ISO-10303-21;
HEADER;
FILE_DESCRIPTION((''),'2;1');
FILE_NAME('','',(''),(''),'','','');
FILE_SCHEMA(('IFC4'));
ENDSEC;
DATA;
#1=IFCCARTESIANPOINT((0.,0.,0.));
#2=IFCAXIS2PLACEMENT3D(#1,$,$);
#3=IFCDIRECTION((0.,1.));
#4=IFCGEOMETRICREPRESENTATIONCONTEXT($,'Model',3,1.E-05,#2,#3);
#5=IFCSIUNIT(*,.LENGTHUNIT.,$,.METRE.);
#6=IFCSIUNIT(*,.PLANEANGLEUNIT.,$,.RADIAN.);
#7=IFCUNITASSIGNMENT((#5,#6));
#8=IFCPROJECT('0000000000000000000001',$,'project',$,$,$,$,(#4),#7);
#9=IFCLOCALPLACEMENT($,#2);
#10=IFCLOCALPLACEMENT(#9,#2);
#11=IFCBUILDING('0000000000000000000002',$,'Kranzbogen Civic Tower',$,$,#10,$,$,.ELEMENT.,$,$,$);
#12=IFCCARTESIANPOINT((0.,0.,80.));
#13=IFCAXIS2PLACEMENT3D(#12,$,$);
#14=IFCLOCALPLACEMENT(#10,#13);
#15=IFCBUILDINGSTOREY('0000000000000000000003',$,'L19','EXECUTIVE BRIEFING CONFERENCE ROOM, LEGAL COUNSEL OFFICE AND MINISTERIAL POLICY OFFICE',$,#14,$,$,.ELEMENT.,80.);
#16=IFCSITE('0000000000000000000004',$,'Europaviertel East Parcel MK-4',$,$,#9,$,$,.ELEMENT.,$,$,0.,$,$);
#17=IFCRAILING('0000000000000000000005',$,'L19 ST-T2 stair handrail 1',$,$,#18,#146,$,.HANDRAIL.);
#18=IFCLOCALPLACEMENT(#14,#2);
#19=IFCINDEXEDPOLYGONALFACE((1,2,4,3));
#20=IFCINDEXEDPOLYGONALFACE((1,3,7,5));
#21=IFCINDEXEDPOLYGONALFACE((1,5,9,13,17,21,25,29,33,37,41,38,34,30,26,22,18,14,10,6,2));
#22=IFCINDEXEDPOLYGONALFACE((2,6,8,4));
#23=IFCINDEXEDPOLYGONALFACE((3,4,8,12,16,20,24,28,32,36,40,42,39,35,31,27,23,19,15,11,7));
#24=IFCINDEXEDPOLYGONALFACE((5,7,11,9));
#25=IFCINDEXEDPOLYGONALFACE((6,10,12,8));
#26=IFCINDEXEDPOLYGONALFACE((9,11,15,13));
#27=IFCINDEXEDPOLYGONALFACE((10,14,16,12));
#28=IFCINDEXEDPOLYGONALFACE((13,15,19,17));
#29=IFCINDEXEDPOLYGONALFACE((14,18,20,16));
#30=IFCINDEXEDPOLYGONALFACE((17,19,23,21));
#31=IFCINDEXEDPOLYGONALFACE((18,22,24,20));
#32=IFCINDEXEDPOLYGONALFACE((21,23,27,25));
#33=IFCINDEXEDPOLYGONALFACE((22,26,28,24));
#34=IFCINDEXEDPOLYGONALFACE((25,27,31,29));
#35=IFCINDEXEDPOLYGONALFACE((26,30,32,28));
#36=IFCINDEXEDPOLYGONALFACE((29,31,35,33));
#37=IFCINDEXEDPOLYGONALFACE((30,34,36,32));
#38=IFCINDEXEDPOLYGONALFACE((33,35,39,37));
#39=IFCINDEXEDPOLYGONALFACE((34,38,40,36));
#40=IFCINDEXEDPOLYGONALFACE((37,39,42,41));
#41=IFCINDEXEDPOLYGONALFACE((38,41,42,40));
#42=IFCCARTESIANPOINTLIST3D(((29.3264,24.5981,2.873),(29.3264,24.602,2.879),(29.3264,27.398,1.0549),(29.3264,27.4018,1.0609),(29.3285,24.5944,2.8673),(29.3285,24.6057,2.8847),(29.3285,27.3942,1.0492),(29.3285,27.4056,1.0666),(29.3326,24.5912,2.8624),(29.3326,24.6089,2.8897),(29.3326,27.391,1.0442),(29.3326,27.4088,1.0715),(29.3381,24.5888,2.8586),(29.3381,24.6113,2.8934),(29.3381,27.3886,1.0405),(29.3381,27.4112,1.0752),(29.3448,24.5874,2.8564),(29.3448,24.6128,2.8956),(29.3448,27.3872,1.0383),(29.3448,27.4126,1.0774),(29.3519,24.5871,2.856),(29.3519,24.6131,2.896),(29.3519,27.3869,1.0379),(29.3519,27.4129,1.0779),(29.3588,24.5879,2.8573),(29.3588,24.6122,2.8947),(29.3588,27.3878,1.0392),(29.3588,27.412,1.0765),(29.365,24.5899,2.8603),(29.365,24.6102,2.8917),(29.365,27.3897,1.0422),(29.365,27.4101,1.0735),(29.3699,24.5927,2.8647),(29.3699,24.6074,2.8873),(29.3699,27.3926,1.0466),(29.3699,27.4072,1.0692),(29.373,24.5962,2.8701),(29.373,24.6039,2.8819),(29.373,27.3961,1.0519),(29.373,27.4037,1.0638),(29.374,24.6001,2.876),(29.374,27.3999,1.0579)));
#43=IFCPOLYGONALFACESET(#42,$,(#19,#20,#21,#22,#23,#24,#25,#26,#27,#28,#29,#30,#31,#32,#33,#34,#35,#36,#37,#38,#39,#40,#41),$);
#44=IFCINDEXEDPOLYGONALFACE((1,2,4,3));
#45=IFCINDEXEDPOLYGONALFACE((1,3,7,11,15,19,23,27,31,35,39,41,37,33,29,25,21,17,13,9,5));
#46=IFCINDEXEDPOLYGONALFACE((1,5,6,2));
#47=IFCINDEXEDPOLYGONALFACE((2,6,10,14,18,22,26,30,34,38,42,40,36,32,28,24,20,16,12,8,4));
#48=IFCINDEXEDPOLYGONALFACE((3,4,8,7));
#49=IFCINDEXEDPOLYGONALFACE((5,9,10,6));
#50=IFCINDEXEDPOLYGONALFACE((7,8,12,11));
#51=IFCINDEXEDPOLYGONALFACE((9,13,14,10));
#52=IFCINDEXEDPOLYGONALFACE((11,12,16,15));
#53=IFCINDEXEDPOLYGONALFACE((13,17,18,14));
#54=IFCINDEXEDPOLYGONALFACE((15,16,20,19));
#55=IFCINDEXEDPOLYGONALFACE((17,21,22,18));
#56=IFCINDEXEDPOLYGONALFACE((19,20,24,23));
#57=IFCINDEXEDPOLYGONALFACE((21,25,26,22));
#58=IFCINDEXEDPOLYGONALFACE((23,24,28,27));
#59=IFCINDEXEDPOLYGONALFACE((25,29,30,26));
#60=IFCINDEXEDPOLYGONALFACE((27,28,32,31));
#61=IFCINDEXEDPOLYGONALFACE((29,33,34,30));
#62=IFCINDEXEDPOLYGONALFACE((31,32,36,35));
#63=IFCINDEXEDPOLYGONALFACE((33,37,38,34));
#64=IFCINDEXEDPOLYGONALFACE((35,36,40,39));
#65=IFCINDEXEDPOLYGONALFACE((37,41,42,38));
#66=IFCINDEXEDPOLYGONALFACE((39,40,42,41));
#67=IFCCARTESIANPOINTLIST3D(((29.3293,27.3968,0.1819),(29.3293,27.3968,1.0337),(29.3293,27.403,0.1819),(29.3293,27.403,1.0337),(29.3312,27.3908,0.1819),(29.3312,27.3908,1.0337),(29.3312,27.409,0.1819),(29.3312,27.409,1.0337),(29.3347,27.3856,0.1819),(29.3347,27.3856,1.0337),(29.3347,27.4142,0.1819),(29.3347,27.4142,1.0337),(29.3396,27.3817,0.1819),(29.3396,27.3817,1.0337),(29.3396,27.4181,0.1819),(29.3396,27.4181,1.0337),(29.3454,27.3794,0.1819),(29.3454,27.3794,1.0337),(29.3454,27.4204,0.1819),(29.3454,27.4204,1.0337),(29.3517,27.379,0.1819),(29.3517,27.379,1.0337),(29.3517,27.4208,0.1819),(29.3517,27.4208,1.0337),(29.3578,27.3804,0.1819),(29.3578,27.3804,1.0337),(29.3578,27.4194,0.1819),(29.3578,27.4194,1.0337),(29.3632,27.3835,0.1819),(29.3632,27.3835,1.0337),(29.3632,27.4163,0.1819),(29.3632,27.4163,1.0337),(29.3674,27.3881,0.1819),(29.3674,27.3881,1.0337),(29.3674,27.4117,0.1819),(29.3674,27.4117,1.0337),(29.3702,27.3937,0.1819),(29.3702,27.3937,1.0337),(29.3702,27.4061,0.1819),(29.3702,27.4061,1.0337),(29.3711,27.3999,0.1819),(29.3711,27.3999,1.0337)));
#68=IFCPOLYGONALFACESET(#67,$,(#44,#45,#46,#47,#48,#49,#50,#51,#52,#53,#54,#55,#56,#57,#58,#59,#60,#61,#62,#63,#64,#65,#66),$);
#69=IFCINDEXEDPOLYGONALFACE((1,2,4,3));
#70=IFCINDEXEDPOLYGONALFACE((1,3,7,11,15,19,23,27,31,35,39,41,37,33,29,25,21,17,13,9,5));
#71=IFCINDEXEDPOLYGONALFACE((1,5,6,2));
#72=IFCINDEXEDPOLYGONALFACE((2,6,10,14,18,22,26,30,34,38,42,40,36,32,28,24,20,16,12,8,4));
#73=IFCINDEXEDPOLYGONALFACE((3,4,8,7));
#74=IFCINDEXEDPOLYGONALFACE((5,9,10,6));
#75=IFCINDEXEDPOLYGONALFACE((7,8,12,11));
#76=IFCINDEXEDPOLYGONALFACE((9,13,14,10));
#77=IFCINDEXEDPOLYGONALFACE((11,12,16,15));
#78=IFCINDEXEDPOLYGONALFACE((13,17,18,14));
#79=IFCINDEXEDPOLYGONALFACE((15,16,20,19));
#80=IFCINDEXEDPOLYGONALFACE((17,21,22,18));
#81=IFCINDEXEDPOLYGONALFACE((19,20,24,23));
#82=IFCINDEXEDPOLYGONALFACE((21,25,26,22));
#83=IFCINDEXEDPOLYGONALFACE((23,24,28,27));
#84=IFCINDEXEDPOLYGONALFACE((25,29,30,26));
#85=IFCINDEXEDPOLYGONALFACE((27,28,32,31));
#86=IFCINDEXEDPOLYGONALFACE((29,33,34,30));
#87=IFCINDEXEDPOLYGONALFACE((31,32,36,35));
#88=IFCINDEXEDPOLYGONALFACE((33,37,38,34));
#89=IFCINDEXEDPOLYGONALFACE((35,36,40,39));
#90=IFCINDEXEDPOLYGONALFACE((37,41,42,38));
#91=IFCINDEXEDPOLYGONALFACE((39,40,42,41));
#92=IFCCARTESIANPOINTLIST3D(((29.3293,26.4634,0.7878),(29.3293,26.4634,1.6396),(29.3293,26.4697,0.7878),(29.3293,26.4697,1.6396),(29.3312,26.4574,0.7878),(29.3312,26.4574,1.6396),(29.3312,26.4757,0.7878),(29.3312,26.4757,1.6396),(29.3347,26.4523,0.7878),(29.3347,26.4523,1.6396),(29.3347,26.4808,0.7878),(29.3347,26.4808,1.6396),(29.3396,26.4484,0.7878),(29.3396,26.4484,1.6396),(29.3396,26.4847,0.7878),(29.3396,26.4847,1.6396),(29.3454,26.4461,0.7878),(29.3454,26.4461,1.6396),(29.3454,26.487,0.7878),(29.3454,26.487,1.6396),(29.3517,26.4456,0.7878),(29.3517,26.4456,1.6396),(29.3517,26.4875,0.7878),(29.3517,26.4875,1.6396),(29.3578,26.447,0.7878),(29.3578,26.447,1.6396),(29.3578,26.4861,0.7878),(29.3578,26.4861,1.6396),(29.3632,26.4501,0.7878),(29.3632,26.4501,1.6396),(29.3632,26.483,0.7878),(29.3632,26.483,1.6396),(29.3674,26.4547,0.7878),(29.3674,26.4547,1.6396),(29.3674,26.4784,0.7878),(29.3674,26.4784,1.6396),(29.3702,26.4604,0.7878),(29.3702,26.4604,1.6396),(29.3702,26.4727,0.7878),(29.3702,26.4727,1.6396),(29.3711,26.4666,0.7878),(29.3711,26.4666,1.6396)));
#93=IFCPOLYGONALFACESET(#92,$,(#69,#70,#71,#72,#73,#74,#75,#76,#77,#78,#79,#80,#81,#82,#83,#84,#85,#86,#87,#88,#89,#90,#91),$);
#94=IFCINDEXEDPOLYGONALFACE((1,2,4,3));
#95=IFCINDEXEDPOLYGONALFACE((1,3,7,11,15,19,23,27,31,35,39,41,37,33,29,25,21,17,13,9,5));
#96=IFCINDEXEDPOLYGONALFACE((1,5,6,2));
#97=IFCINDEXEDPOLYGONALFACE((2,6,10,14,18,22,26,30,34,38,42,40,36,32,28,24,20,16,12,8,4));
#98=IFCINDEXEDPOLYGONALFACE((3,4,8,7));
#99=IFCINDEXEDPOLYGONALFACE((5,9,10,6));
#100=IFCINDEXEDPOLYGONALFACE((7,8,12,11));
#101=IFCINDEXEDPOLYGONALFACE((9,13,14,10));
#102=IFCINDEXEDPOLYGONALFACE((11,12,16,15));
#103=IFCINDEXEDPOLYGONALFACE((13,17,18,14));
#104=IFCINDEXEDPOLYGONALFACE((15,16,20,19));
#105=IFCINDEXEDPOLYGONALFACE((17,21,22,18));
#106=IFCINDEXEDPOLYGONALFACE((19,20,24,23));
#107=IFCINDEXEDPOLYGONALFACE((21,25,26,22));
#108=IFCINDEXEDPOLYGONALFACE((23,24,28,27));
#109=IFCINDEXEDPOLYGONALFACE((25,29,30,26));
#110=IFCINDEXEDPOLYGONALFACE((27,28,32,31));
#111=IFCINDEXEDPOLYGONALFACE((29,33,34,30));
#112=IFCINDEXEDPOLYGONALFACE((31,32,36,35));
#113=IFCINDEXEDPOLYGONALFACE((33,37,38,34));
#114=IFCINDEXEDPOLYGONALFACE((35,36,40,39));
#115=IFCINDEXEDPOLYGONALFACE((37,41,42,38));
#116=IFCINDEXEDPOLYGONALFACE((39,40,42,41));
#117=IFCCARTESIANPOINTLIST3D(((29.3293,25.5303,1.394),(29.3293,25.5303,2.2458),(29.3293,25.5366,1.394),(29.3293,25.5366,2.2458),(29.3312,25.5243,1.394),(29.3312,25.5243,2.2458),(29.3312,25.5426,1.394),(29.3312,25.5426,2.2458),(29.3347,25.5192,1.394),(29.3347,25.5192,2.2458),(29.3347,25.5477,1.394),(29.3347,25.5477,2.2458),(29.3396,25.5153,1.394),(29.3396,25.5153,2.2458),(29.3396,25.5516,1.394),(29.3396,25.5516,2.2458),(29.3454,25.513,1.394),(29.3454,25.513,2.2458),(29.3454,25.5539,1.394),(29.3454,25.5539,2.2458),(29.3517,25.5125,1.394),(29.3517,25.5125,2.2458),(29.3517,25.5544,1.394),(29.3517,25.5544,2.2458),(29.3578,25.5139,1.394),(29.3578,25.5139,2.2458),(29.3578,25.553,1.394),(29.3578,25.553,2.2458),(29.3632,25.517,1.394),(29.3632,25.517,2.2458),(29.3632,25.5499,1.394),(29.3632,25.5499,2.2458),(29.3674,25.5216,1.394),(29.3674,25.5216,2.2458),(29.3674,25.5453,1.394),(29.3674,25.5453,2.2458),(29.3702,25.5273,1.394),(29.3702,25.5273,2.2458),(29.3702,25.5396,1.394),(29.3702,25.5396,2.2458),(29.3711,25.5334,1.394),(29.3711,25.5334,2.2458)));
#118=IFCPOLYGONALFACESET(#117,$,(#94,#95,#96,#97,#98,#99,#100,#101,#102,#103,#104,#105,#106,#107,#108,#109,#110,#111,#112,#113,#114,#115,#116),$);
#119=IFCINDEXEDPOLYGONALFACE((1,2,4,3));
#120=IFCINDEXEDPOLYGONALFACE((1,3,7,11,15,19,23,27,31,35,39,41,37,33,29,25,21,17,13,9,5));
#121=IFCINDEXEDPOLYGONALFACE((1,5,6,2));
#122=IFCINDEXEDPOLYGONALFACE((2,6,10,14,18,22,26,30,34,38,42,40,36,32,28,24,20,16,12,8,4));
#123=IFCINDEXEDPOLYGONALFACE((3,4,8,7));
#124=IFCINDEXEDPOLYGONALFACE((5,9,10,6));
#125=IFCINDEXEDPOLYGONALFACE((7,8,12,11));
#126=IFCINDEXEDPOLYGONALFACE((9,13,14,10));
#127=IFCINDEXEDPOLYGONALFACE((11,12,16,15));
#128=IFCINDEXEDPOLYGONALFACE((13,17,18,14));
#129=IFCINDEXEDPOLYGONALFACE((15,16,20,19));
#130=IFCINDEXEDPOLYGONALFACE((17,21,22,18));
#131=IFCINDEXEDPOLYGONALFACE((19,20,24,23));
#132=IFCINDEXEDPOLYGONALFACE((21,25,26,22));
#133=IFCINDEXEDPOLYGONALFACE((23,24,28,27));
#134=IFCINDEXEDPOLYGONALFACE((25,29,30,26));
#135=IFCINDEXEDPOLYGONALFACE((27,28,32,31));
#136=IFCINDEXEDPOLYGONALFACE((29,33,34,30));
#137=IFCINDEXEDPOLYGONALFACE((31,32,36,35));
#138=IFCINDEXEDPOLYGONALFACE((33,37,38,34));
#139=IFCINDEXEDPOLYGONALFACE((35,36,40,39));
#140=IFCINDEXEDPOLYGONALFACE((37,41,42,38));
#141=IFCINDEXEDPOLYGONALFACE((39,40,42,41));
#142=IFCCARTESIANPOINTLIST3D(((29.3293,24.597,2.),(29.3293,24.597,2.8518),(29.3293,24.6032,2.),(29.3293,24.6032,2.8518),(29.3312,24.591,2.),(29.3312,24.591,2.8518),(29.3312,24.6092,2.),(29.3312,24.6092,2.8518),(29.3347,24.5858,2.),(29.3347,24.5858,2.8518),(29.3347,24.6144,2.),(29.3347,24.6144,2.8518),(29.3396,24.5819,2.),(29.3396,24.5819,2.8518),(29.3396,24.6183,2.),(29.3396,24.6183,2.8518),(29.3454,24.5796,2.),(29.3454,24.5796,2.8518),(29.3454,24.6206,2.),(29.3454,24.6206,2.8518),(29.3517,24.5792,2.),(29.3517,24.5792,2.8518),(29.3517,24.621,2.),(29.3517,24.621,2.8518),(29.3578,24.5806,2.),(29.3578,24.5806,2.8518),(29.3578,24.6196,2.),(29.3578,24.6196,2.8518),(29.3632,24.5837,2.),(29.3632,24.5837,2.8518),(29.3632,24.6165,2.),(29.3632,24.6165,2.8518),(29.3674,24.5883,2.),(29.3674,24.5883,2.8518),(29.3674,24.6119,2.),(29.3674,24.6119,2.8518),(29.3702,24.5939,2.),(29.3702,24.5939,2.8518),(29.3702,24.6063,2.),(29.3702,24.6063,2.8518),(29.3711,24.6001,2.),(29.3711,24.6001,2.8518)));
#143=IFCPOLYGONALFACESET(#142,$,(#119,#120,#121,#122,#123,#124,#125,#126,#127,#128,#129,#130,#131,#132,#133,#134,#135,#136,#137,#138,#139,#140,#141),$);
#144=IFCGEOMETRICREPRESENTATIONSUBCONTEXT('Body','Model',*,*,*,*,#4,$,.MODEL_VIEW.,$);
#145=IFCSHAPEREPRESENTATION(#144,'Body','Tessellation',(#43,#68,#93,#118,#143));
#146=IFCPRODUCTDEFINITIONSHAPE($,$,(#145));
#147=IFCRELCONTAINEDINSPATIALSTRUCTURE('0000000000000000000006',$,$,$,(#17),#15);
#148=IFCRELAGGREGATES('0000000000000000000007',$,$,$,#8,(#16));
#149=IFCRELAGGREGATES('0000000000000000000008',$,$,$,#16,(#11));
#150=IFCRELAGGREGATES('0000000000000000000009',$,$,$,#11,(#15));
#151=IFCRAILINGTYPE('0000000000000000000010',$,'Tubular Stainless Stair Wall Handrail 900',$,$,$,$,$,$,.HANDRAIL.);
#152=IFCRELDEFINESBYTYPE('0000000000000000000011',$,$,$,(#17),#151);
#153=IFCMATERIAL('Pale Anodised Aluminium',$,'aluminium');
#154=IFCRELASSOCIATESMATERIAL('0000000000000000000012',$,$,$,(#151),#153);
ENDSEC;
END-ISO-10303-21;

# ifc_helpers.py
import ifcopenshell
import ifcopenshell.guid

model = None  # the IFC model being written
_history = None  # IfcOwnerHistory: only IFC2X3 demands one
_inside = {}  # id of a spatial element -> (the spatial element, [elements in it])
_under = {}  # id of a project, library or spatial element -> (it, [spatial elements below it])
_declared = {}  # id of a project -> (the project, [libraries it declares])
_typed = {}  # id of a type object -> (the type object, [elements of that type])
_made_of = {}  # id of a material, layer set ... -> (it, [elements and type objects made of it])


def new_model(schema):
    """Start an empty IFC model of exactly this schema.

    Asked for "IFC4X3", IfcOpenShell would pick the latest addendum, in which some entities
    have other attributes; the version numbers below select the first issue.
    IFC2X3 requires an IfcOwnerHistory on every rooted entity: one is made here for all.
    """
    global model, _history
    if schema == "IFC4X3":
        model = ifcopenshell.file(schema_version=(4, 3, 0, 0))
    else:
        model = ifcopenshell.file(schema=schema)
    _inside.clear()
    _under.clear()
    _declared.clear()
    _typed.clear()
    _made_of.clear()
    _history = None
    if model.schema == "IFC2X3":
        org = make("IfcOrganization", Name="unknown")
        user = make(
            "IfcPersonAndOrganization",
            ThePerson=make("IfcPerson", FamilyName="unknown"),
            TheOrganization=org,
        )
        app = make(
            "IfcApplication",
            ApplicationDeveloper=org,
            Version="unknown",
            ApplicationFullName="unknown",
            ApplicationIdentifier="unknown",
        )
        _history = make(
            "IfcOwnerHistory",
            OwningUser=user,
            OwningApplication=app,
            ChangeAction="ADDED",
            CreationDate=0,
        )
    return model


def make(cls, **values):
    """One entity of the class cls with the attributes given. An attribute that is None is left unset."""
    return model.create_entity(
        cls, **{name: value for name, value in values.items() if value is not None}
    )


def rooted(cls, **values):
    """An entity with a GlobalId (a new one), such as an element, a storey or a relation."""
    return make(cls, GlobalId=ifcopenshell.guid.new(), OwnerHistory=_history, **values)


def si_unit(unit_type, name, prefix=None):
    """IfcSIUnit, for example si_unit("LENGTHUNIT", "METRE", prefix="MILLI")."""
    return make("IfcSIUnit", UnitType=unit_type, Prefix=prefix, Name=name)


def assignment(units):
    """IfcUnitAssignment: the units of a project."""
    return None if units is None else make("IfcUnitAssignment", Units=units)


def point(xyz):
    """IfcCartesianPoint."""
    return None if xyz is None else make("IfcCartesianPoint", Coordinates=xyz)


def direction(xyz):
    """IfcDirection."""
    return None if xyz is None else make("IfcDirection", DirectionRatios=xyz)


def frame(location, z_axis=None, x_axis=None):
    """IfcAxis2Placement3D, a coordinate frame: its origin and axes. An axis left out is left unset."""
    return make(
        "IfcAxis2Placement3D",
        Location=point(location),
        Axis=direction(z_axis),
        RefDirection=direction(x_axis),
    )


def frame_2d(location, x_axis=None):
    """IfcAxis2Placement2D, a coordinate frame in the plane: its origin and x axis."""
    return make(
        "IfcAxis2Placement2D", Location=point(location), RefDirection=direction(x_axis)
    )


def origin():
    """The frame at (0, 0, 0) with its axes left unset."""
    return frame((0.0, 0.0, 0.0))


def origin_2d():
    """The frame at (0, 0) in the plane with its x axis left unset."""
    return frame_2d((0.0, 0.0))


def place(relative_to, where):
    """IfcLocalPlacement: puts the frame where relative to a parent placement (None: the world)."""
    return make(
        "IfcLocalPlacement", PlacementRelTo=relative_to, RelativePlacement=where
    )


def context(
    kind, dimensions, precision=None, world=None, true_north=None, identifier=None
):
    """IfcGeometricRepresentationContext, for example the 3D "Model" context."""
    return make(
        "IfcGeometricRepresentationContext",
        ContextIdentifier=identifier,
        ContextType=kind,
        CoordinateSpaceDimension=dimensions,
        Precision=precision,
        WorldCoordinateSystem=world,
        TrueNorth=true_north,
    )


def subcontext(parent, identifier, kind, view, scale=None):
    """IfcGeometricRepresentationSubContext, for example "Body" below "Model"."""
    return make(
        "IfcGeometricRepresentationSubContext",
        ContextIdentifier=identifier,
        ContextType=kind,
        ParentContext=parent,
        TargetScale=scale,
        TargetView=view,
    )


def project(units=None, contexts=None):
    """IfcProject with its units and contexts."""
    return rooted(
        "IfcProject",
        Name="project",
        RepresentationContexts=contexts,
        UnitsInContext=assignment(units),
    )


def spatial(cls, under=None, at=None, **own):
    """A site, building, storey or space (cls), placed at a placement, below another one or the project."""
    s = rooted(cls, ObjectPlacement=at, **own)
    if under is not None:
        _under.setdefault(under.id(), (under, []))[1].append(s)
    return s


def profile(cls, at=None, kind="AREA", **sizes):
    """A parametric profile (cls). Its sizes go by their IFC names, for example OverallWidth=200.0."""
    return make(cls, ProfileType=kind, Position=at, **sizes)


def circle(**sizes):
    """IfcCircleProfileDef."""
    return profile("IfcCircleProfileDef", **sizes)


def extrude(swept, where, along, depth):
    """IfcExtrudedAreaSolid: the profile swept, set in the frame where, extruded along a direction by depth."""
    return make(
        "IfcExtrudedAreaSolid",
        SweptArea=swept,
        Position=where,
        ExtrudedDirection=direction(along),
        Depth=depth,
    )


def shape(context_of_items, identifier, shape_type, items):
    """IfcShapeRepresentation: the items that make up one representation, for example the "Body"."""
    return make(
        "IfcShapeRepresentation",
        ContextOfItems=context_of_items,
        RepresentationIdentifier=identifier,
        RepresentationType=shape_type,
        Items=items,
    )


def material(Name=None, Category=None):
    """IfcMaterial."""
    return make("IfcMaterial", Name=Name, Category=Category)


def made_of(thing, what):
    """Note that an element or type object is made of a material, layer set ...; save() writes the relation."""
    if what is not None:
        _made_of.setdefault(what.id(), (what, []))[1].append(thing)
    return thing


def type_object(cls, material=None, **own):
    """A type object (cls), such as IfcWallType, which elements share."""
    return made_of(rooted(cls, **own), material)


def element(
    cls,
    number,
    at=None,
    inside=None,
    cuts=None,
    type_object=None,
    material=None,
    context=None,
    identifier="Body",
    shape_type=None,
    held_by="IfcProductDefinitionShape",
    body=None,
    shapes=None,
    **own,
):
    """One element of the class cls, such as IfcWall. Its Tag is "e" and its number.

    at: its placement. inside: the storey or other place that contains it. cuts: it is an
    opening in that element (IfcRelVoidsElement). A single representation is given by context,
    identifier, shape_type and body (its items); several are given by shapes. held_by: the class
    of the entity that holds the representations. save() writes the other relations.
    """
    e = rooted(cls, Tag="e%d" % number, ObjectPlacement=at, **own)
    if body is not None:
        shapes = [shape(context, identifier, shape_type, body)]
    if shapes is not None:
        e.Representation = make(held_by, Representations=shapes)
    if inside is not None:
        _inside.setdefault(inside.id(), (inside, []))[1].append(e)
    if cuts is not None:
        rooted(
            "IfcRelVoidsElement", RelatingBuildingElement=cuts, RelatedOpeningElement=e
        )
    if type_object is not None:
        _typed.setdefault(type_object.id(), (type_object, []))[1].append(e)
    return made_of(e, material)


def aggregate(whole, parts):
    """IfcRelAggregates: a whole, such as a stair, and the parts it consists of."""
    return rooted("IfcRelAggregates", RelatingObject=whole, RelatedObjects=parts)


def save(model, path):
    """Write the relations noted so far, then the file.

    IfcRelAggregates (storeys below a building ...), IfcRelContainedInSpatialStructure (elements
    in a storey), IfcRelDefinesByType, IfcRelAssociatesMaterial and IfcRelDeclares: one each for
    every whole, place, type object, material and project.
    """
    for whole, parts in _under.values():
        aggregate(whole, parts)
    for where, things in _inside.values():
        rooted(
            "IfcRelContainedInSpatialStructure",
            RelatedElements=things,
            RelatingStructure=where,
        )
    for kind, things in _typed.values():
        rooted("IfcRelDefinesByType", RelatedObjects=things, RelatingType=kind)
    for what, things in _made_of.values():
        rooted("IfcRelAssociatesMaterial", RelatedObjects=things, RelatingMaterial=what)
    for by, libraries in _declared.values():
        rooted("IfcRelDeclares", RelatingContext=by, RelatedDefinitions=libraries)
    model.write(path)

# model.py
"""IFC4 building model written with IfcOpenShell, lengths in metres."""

from ifc_helpers import new_model, si_unit, direction, frame, origin, origin_2d, place, context, subcontext, project, spatial, circle, extrude, material, type_object, element, save


model = new_model("IFC4")

# Units and contexts
model_context = context("Model", 3, precision=1e-05, world=origin(), true_north=direction((0.0, 1.0)))
body_context = subcontext(model_context, "Body", "Model", "MODEL_VIEW")
ifc_project = project(units=[si_unit("LENGTHUNIT", "METRE"), si_unit("PLANEANGLEUNIT", "RADIAN")], contexts=[model_context])

# Site, building, storey
site_placement = place(None, origin())
site = spatial("IfcSite", under=ifc_project, at=site_placement, Name="Europaviertel East Parcel MK-4", CompositionType="ELEMENT", RefElevation=0.0)
building_placement = place(site_placement, origin())
building = spatial("IfcBuilding", under=site, at=building_placement, Name="Kranzbogen Civic Tower", CompositionType="ELEMENT")
storey_placement = place(building_placement, frame((0.0, 0.0, 80.0)))
storey = spatial("IfcBuildingStorey", under=building, at=storey_placement, Name="L19", Description="EXECUTIVE BRIEFING CONFERENCE ROOM, LEGAL COUNSEL OFFICE AND MINISTERIAL POLICY OFFICE", CompositionType="ELEMENT", Elevation=80.0)

# Shared definitions
ifc_material_1 = material(Name="Pale Anodised Aluminium", Category="aluminium")

# Railing
railing_type_1 = type_object("IfcRailingType", Name="Tubular Stainless Stair Wall Handrail 900", PredefinedType="HANDRAIL", material=ifc_material_1)
railing_1_placement = place(storey_placement, frame((29.3501, 27.3999, 0.1819)))
element("IfcRailing", 1, at=railing_1_placement, inside=storey, type_object=railing_type_1, Name="L19 ST-T2 stair handrail 1", PredefinedType="HANDRAIL", context=body_context, shape_type="SweptSolid", body=[
    extrude(circle(Radius=0.0239, at=origin_2d()), frame((0.0, 0.0, 0.876), z_axis=(0.0, -0.838684, 0.544618), x_axis=(1.0, 0.0, 0.0)), (0.0, 0.0, 1.0), 3.3384),
    extrude(circle(Radius=0.021, at=origin_2d()), origin(), (0.0, 0.0, 1.0), 0.8518),
    extrude(circle(Radius=0.021, at=origin_2d()), frame((0.0, -0.9333, 0.606)), (0.0, 0.0, 1.0), 0.8518),
    extrude(circle(Radius=0.021, at=origin_2d()), frame((0.0, -1.8665, 1.2122)), (0.0, 0.0, 1.0), 0.8518),
    extrude(circle(Radius=0.021, at=origin_2d()), frame((0.0, -2.7998, 1.8181)), (0.0, 0.0, 1.0), 0.8518),
])

save(model, "model.ifc")
